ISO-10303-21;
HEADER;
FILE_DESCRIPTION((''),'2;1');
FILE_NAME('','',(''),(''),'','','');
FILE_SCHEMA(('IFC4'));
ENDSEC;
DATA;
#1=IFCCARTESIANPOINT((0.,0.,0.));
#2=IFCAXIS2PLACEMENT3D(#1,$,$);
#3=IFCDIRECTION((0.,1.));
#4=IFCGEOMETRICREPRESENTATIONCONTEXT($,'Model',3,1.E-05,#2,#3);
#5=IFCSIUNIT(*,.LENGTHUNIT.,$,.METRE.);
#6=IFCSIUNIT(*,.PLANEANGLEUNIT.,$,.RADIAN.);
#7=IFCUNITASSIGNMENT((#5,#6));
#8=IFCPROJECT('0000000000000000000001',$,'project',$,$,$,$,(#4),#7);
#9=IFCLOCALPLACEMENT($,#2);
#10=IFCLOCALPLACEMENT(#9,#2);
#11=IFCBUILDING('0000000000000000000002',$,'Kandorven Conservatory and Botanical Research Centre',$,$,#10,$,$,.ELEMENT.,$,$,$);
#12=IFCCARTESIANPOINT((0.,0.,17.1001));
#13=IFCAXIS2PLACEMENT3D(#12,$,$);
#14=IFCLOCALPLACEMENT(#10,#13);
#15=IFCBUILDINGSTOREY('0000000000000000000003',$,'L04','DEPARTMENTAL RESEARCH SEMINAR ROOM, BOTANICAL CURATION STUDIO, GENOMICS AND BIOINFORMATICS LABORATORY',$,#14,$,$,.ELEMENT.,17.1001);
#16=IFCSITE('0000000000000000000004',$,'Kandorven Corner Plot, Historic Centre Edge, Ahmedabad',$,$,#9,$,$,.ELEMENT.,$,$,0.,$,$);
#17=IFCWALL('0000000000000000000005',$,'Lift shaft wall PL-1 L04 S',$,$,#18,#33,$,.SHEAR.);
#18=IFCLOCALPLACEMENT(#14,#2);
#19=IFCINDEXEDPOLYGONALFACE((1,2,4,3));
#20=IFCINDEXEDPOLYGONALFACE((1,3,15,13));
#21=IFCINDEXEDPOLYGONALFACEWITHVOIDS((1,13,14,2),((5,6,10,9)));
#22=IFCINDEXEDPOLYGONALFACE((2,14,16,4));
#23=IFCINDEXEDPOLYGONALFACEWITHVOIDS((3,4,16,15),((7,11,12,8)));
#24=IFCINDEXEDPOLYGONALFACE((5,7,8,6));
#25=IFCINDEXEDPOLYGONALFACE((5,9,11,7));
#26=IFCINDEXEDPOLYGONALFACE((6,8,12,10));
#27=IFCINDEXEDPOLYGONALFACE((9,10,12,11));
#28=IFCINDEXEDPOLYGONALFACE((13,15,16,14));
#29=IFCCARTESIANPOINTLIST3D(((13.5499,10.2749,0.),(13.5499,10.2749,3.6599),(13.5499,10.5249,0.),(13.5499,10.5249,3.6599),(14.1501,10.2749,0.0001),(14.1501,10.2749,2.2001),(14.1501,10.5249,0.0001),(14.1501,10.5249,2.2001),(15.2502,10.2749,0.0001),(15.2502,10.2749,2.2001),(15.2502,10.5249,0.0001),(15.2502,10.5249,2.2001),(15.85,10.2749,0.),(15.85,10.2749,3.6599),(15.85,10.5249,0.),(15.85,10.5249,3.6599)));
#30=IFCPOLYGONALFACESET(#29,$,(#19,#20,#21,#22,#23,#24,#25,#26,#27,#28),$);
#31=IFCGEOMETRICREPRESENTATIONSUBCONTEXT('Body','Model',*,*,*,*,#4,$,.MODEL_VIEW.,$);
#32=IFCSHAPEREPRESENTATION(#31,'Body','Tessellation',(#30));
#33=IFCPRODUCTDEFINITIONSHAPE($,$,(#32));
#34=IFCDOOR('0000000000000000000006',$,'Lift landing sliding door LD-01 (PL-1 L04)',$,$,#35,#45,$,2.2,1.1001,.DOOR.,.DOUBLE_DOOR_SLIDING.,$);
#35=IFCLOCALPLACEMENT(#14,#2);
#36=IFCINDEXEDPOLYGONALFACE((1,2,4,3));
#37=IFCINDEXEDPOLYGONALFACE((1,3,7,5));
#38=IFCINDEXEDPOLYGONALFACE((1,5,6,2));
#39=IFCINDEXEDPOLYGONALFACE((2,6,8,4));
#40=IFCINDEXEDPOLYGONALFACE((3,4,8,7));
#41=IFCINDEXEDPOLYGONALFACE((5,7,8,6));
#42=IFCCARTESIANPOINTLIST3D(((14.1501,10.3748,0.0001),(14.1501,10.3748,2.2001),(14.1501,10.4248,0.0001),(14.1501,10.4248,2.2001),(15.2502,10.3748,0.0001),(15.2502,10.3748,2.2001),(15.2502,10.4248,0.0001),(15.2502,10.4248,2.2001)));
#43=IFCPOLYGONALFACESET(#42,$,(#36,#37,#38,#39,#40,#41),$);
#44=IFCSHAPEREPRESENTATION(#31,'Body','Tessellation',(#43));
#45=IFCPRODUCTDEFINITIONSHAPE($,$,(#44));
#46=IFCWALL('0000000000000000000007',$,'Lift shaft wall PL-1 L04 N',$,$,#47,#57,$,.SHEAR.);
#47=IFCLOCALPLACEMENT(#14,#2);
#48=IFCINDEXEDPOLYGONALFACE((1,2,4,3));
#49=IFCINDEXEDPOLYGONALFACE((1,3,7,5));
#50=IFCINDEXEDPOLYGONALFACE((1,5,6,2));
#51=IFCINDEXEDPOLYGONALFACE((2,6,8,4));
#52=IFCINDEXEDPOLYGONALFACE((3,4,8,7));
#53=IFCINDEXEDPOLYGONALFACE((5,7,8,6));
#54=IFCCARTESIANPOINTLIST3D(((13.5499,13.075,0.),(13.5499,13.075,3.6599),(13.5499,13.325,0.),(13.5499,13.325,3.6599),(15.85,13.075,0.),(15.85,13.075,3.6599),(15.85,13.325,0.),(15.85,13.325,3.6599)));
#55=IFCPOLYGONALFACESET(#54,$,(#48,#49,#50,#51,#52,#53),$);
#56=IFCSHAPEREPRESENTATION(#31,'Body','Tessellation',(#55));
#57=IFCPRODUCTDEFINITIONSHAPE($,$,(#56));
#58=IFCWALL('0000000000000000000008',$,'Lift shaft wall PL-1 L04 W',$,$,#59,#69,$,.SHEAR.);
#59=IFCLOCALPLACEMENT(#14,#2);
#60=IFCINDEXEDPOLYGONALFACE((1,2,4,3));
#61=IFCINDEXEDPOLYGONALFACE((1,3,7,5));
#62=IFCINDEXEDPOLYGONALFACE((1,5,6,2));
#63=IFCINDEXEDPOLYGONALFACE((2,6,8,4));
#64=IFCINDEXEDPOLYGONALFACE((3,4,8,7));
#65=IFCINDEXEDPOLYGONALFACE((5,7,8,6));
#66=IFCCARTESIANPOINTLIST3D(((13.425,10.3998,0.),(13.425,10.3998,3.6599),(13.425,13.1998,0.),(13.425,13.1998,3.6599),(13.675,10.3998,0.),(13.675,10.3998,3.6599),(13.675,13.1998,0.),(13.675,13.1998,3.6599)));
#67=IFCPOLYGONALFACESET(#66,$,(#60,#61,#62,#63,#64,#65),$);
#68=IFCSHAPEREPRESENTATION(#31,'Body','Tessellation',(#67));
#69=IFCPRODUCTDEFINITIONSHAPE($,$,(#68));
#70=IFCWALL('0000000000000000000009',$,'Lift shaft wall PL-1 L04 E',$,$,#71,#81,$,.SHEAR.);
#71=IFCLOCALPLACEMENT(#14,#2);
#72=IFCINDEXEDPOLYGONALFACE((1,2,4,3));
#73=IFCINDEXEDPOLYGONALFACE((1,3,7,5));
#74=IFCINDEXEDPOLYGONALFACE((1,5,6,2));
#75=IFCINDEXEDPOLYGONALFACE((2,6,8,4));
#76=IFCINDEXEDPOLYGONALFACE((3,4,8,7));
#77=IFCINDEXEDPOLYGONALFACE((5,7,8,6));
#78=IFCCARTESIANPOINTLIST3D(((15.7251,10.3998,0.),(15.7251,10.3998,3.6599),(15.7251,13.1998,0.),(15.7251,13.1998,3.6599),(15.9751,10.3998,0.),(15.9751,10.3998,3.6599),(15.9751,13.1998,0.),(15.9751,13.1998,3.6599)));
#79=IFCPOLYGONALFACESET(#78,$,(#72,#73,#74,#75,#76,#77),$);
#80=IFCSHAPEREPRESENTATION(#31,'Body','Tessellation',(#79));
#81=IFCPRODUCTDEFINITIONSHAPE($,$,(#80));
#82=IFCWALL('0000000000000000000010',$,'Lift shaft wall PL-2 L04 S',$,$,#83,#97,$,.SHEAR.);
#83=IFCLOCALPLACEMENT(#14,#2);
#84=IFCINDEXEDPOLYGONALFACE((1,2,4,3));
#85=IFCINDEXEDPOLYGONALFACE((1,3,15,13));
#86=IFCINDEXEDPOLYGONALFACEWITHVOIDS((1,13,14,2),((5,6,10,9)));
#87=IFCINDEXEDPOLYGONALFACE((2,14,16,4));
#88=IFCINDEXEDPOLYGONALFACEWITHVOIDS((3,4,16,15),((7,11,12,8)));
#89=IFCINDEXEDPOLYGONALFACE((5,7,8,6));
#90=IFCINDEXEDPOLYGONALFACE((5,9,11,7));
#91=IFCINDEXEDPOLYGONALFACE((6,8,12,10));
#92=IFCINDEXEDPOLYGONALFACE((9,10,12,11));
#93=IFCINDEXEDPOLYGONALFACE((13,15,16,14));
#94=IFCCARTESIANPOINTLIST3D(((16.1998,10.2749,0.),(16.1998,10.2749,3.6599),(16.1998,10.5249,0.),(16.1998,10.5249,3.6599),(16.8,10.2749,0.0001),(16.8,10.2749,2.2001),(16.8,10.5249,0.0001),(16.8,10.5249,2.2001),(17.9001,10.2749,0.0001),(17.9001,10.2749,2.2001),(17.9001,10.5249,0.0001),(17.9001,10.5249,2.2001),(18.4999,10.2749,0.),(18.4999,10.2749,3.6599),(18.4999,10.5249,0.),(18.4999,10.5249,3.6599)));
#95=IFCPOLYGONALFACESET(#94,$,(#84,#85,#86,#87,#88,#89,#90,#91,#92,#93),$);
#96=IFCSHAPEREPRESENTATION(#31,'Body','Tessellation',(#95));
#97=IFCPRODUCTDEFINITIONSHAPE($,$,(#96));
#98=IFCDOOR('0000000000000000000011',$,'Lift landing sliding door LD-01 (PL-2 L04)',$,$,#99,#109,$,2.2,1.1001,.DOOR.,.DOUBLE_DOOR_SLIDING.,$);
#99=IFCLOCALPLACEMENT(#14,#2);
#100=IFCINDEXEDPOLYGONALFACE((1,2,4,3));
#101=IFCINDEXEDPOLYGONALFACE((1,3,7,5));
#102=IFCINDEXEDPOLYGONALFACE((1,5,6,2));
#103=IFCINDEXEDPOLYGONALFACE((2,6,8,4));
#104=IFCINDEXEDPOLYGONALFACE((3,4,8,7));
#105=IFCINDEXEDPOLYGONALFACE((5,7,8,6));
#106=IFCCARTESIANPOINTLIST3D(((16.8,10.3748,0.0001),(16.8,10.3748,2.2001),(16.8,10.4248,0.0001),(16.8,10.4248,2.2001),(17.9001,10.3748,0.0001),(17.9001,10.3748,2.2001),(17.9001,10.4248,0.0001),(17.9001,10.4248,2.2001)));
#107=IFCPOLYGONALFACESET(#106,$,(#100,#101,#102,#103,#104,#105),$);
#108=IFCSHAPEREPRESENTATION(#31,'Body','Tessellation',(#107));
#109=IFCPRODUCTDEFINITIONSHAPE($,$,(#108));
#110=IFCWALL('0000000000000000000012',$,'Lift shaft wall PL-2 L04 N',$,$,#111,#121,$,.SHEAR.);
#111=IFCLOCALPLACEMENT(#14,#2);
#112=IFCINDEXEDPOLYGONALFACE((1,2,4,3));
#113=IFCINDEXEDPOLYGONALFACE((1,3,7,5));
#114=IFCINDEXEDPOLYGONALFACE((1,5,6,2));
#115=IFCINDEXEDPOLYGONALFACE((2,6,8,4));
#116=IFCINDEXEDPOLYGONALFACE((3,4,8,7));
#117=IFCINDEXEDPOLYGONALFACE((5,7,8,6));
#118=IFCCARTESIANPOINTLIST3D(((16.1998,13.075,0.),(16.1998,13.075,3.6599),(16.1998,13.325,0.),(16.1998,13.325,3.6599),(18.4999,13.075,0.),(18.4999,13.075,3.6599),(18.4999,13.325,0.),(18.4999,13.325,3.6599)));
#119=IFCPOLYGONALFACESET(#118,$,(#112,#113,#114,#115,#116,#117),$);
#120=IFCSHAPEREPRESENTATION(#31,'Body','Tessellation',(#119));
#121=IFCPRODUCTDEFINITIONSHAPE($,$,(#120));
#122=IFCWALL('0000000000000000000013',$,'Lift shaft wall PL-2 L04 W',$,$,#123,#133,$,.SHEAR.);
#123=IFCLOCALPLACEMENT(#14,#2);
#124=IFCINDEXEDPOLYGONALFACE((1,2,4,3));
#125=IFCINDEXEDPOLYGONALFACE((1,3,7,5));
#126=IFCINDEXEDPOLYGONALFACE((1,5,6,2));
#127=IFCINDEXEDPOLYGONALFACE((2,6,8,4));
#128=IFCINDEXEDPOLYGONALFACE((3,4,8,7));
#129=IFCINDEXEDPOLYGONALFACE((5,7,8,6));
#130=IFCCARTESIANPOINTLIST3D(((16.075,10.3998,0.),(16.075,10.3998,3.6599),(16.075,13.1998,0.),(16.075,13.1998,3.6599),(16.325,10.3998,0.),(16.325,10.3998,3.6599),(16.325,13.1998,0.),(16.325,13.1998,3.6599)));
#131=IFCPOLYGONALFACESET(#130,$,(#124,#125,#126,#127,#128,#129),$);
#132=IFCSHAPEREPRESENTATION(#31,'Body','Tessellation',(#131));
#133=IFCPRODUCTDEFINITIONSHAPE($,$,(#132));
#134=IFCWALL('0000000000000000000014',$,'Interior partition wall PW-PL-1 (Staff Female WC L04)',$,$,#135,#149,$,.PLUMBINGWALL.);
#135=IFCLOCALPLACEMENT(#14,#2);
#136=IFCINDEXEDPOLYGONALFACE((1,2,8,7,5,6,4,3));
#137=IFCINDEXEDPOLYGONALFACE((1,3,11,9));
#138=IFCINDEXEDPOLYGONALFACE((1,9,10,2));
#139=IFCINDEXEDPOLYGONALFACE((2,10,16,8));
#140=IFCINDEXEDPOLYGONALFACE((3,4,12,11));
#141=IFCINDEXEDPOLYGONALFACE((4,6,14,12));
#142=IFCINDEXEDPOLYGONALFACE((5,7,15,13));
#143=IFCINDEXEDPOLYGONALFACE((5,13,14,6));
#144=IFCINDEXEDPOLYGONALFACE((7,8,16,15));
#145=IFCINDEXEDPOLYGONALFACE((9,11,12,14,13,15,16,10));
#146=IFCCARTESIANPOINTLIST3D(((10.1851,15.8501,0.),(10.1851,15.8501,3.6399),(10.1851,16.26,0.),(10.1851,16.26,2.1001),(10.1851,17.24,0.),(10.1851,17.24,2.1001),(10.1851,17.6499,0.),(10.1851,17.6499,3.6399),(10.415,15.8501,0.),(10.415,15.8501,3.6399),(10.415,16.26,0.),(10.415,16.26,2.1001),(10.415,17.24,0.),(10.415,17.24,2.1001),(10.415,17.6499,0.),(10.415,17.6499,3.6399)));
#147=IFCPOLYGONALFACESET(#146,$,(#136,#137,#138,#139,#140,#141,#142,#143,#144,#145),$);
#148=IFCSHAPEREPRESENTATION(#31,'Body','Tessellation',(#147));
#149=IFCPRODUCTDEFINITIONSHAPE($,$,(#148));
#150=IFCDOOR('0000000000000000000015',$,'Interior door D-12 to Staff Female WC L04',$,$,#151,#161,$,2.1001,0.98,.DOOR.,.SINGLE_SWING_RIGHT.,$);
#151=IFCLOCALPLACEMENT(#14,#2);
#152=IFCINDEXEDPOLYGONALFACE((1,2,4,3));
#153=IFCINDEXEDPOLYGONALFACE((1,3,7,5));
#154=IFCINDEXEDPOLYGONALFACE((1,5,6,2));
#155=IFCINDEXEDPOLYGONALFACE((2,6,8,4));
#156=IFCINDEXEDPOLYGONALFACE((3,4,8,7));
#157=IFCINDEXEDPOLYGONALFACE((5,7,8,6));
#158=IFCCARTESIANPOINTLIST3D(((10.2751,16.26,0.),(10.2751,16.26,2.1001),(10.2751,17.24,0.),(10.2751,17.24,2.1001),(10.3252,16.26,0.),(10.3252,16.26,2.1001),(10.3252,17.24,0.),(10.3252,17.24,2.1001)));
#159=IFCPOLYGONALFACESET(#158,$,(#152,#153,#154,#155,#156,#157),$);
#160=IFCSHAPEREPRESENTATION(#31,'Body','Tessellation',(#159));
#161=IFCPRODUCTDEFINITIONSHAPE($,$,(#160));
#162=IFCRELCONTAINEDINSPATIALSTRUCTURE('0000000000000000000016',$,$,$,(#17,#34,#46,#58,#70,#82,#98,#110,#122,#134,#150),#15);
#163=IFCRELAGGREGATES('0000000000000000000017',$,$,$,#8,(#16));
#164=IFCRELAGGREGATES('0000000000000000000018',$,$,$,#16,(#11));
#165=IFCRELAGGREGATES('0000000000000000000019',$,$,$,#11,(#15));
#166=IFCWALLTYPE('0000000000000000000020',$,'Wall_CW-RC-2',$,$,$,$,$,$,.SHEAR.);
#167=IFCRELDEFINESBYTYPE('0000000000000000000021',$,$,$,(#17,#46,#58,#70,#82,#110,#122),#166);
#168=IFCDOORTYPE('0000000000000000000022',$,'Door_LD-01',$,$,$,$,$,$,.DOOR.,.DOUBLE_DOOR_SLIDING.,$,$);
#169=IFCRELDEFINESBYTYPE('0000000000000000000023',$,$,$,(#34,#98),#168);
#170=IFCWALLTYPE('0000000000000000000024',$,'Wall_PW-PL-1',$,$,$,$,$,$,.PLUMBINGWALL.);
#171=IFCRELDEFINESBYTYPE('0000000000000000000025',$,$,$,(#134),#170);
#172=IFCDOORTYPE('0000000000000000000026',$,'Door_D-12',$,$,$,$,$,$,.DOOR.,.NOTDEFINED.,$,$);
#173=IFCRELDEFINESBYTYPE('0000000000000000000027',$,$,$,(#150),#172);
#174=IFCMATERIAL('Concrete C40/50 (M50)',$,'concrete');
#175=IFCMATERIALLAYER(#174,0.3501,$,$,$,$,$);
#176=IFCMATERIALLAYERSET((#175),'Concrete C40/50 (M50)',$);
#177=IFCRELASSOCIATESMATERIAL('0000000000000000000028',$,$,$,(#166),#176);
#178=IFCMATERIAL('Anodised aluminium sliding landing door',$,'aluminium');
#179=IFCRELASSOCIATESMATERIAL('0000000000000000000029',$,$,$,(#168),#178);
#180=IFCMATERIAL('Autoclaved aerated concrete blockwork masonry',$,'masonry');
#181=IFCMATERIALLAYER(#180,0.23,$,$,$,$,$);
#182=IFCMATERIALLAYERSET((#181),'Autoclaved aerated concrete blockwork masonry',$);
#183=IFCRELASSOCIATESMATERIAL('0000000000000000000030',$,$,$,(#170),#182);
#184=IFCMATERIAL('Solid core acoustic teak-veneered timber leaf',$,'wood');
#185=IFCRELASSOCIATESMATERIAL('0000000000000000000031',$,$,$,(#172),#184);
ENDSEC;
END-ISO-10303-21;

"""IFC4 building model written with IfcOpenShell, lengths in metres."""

from ifc_helpers import new_model, si_unit, direction, frame, frame_2d, origin, place, context, subcontext, project, spatial, rectangle, extrude, material, layer, layer_set, type_object, element, fill, save


model = new_model("IFC4")

# Units and contexts
model_context = context("Model", 3, precision=1e-05, world=origin(), true_north=direction((0.0, 1.0)))
body_context = subcontext(model_context, "Body", "Model", "MODEL_VIEW")
ifc_project = project(units=[si_unit("LENGTHUNIT", "METRE"), si_unit("PLANEANGLEUNIT", "RADIAN")], contexts=[model_context])

# Site, building, storey
site_placement = place(None, origin())
site = spatial("IfcSite", under=ifc_project, at=site_placement, Name="Kandorven Corner Plot, Historic Centre Edge, Ahmedabad", CompositionType="ELEMENT", RefElevation=0.0)
building_placement = place(site_placement, origin())
building = spatial("IfcBuilding", under=site, at=building_placement, Name="Kandorven Conservatory and Botanical Research Centre", CompositionType="ELEMENT")
storey_placement = place(building_placement, frame((0.0, 0.0, 17.1001)))
storey = spatial("IfcBuildingStorey", under=building, at=storey_placement, Name="L04", Description="DEPARTMENTAL RESEARCH SEMINAR ROOM, BOTANICAL CURATION STUDIO, GENOMICS AND BIOINFORMATICS LABORATORY", CompositionType="ELEMENT", Elevation=17.1001)

# Wall, opening, door
ifc_material_1 = material(Name="Concrete C40/50 (M50)", Category="concrete")
ifc_layer_1 = layer(ifc_material_1, 0.3501)
ifc_layer_set_1 = layer_set([ifc_layer_1], Name="Concrete C40/50 (M50)")
wall_type_1 = type_object("IfcWallType", Name="Wall_CW-RC-2", PredefinedType="SHEAR", material=ifc_layer_set_1)
wall_1_placement = place(storey_placement, frame((13.55, 10.3999, 0.0), z_axis=(0.0, 0.0, 1.0), x_axis=(1.0, 0.0, 0.0)))
wall_1 = element("IfcWall", 1, at=wall_1_placement, inside=storey, type_object=wall_type_1, Name="Lift shaft wall PL-1 L04 S", PredefinedType="SHEAR", context=body_context, shape_type="SweptSolid", body=[
    extrude(rectangle(XDim=2.3, YDim=0.25, at=frame_2d((1.1499, 0.0))), origin(), (0.0, 0.0, 1.0), 3.6599),
])
opening_1_placement = place(wall_1_placement, frame((0.6001, 0.0, 0.0)))
opening_1 = element("IfcOpeningElement", 2, at=opening_1_placement, cuts=wall_1, PredefinedType="OPENING", context=body_context, shape_type="SweptSolid", body=[
    extrude(rectangle(XDim=1.1001, YDim=2.2, at=frame_2d((0.55, 1.1001))), frame((0.0, 0.135, 0.0), z_axis=(0.0, -1.0, 0.0), x_axis=(1.0, 0.0, 0.0)), (0.0, 0.0, 1.0), 0.27),
])
ifc_material_2 = material(Name="Anodised aluminium sliding landing door", Category="aluminium")
door_type_1 = type_object("IfcDoorType", Name="Door_LD-01", OperationType="DOUBLE_DOOR_SLIDING", PredefinedType="DOOR", material=ifc_material_2)
door_1_placement = place(opening_1_placement, origin())
door_1 = element("IfcDoor", 3, at=door_1_placement, inside=storey, type_object=door_type_1, Name="Lift landing sliding door LD-01 (PL-1 L04)", OperationType="DOUBLE_DOOR_SLIDING", OverallHeight=2.2, OverallWidth=1.1001, PredefinedType="DOOR", context=body_context, shape_type="SweptSolid", body=[
    extrude(rectangle(XDim=1.1001, YDim=2.2, at=frame_2d((0.55, 1.1001))), frame((0.0, 0.0249, 0.0), z_axis=(0.0, -1.0, 0.0), x_axis=(1.0, 0.0, 0.0)), (0.0, 0.0, 1.0), 0.05),
])
fill(opening_1, door_1)

# Walls
wall_2_placement = place(storey_placement, frame((13.55, 13.2, 0.0), z_axis=(0.0, 0.0, 1.0), x_axis=(1.0, 0.0, 0.0)))
element("IfcWall", 4, at=wall_2_placement, inside=storey, type_object=wall_type_1, Name="Lift shaft wall PL-1 L04 N", PredefinedType="SHEAR", context=body_context, shape_type="SweptSolid", body=[
    extrude(rectangle(XDim=2.3, YDim=0.25, at=frame_2d((1.1499, 0.0))), origin(), (0.0, 0.0, 1.0), 3.6599),
])
for number, where, z_axis, x_axis, name in (
    (5, (13.55, 10.3999, 0.0), (0.0, 0.0, 1.0), (0.0, 1.0, 0.0), "Lift shaft wall PL-1 L04 W"),
    (6, (15.8501, 10.3999, 0.0), (0.0, 0.0, 1.0), (0.0, 1.0, 0.0), "Lift shaft wall PL-1 L04 E"),
):
    element("IfcWall", number, at=place(storey_placement, frame(where, z_axis=z_axis, x_axis=x_axis)), inside=storey, type_object=wall_type_1, Name=name, PredefinedType="SHEAR", context=body_context, shape_type="SweptSolid", body=[
        extrude(rectangle(XDim=2.8, YDim=0.25, at=frame_2d((1.3999, 0.0))), origin(), (0.0, 0.0, 1.0), 3.6599),
    ])

# Wall, opening, door
wall_3_placement = place(storey_placement, frame((16.2, 10.3999, 0.0), z_axis=(0.0, 0.0, 1.0), x_axis=(1.0, 0.0, 0.0)))
wall_3 = element("IfcWall", 7, at=wall_3_placement, inside=storey, type_object=wall_type_1, Name="Lift shaft wall PL-2 L04 S", PredefinedType="SHEAR", context=body_context, shape_type="SweptSolid", body=[
    extrude(rectangle(XDim=2.3, YDim=0.25, at=frame_2d((1.1499, 0.0))), origin(), (0.0, 0.0, 1.0), 3.6599),
])
opening_2_placement = place(wall_3_placement, frame((0.6001, 0.0, 0.0)))
opening_2 = element("IfcOpeningElement", 8, at=opening_2_placement, cuts=wall_3, PredefinedType="OPENING", context=body_context, shape_type="SweptSolid", body=[
    extrude(rectangle(XDim=1.1001, YDim=2.2, at=frame_2d((0.55, 1.1001))), frame((0.0, 0.135, 0.0), z_axis=(0.0, -1.0, 0.0), x_axis=(1.0, 0.0, 0.0)), (0.0, 0.0, 1.0), 0.27),
])
door_2_placement = place(opening_2_placement, origin())
door_2 = element("IfcDoor", 9, at=door_2_placement, inside=storey, type_object=door_type_1, Name="Lift landing sliding door LD-01 (PL-2 L04)", OperationType="DOUBLE_DOOR_SLIDING", OverallHeight=2.2, OverallWidth=1.1001, PredefinedType="DOOR", context=body_context, shape_type="SweptSolid", body=[
    extrude(rectangle(XDim=1.1001, YDim=2.2, at=frame_2d((0.55, 1.1001))), frame((0.0, 0.0249, 0.0), z_axis=(0.0, -1.0, 0.0), x_axis=(1.0, 0.0, 0.0)), (0.0, 0.0, 1.0), 0.05),
])
fill(opening_2, door_2)

# Walls
wall_4_placement = place(storey_placement, frame((16.2, 13.2, 0.0), z_axis=(0.0, 0.0, 1.0), x_axis=(1.0, 0.0, 0.0)))
element("IfcWall", 10, at=wall_4_placement, inside=storey, type_object=wall_type_1, Name="Lift shaft wall PL-2 L04 N", PredefinedType="SHEAR", context=body_context, shape_type="SweptSolid", body=[
    extrude(rectangle(XDim=2.3, YDim=0.25, at=frame_2d((1.1499, 0.0))), origin(), (0.0, 0.0, 1.0), 3.6599),
])
wall_5_placement = place(storey_placement, frame((16.2, 10.3999, 0.0), z_axis=(0.0, 0.0, 1.0), x_axis=(0.0, 1.0, 0.0)))
element("IfcWall", 11, at=wall_5_placement, inside=storey, type_object=wall_type_1, Name="Lift shaft wall PL-2 L04 W", PredefinedType="SHEAR", context=body_context, shape_type="SweptSolid", body=[
    extrude(rectangle(XDim=2.8, YDim=0.25, at=frame_2d((1.3999, 0.0))), origin(), (0.0, 0.0, 1.0), 3.6599),
])

# Wall, opening, door
ifc_material_3 = material(Name="Autoclaved aerated concrete blockwork masonry", Category="masonry")
ifc_layer_2 = layer(ifc_material_3, 0.23)
ifc_layer_set_2 = layer_set([ifc_layer_2], Name="Autoclaved aerated concrete blockwork masonry")
wall_type_2 = type_object("IfcWallType", Name="Wall_PW-PL-1", PredefinedType="PLUMBINGWALL", material=ifc_layer_set_2)
wall_6_placement = place(storey_placement, frame((10.3, 15.8501, 0.0), z_axis=(0.0, 0.0, 1.0), x_axis=(0.0, 1.0, 0.0)))
wall_6 = element("IfcWall", 12, at=wall_6_placement, inside=storey, type_object=wall_type_2, Name="Interior partition wall PW-PL-1 (Staff Female WC L04)", PredefinedType="PLUMBINGWALL", context=body_context, shape_type="SweptSolid", body=[
    extrude(rectangle(XDim=1.7998, YDim=0.23, at=frame_2d((0.8999, 0.0))), origin(), (0.0, 0.0, 1.0), 3.6399),
])
opening_3_placement = place(wall_6_placement, frame((0.4099, 0.0, 0.0)))
opening_3 = element("IfcOpeningElement", 13, at=opening_3_placement, cuts=wall_6, PredefinedType="OPENING", context=body_context, shape_type="SweptSolid", body=[
    extrude(rectangle(XDim=0.98, YDim=2.1001, at=frame_2d((0.49, 1.05))), frame((0.0, 0.125, 0.0), z_axis=(0.0, -1.0, 0.0), x_axis=(1.0, 0.0, 0.0)), (0.0, 0.0, 1.0), 0.25),
])
ifc_material_4 = material(Name="Solid core acoustic teak-veneered timber leaf", Category="wood")
door_type_2 = type_object("IfcDoorType", Name="Door_D-12", OperationType="NOTDEFINED", PredefinedType="DOOR", material=ifc_material_4)
door_3_placement = place(opening_3_placement, origin())
door_3 = element("IfcDoor", 14, at=door_3_placement, inside=storey, type_object=door_type_2, Name="Interior door D-12 to Staff Female WC L04", OperationType="SINGLE_SWING_RIGHT", OverallHeight=2.1001, OverallWidth=0.98, PredefinedType="DOOR", context=body_context, shape_type="SweptSolid", body=[
    extrude(rectangle(XDim=0.98, YDim=2.1001, at=frame_2d((0.49, 1.05))), frame((0.0, 0.0249, 0.0), z_axis=(0.0, -1.0, 0.0), x_axis=(1.0, 0.0, 0.0)), (0.0, 0.0, 1.0), 0.05),
])
fill(opening_3, door_3)

save(model, "model.ifc")
